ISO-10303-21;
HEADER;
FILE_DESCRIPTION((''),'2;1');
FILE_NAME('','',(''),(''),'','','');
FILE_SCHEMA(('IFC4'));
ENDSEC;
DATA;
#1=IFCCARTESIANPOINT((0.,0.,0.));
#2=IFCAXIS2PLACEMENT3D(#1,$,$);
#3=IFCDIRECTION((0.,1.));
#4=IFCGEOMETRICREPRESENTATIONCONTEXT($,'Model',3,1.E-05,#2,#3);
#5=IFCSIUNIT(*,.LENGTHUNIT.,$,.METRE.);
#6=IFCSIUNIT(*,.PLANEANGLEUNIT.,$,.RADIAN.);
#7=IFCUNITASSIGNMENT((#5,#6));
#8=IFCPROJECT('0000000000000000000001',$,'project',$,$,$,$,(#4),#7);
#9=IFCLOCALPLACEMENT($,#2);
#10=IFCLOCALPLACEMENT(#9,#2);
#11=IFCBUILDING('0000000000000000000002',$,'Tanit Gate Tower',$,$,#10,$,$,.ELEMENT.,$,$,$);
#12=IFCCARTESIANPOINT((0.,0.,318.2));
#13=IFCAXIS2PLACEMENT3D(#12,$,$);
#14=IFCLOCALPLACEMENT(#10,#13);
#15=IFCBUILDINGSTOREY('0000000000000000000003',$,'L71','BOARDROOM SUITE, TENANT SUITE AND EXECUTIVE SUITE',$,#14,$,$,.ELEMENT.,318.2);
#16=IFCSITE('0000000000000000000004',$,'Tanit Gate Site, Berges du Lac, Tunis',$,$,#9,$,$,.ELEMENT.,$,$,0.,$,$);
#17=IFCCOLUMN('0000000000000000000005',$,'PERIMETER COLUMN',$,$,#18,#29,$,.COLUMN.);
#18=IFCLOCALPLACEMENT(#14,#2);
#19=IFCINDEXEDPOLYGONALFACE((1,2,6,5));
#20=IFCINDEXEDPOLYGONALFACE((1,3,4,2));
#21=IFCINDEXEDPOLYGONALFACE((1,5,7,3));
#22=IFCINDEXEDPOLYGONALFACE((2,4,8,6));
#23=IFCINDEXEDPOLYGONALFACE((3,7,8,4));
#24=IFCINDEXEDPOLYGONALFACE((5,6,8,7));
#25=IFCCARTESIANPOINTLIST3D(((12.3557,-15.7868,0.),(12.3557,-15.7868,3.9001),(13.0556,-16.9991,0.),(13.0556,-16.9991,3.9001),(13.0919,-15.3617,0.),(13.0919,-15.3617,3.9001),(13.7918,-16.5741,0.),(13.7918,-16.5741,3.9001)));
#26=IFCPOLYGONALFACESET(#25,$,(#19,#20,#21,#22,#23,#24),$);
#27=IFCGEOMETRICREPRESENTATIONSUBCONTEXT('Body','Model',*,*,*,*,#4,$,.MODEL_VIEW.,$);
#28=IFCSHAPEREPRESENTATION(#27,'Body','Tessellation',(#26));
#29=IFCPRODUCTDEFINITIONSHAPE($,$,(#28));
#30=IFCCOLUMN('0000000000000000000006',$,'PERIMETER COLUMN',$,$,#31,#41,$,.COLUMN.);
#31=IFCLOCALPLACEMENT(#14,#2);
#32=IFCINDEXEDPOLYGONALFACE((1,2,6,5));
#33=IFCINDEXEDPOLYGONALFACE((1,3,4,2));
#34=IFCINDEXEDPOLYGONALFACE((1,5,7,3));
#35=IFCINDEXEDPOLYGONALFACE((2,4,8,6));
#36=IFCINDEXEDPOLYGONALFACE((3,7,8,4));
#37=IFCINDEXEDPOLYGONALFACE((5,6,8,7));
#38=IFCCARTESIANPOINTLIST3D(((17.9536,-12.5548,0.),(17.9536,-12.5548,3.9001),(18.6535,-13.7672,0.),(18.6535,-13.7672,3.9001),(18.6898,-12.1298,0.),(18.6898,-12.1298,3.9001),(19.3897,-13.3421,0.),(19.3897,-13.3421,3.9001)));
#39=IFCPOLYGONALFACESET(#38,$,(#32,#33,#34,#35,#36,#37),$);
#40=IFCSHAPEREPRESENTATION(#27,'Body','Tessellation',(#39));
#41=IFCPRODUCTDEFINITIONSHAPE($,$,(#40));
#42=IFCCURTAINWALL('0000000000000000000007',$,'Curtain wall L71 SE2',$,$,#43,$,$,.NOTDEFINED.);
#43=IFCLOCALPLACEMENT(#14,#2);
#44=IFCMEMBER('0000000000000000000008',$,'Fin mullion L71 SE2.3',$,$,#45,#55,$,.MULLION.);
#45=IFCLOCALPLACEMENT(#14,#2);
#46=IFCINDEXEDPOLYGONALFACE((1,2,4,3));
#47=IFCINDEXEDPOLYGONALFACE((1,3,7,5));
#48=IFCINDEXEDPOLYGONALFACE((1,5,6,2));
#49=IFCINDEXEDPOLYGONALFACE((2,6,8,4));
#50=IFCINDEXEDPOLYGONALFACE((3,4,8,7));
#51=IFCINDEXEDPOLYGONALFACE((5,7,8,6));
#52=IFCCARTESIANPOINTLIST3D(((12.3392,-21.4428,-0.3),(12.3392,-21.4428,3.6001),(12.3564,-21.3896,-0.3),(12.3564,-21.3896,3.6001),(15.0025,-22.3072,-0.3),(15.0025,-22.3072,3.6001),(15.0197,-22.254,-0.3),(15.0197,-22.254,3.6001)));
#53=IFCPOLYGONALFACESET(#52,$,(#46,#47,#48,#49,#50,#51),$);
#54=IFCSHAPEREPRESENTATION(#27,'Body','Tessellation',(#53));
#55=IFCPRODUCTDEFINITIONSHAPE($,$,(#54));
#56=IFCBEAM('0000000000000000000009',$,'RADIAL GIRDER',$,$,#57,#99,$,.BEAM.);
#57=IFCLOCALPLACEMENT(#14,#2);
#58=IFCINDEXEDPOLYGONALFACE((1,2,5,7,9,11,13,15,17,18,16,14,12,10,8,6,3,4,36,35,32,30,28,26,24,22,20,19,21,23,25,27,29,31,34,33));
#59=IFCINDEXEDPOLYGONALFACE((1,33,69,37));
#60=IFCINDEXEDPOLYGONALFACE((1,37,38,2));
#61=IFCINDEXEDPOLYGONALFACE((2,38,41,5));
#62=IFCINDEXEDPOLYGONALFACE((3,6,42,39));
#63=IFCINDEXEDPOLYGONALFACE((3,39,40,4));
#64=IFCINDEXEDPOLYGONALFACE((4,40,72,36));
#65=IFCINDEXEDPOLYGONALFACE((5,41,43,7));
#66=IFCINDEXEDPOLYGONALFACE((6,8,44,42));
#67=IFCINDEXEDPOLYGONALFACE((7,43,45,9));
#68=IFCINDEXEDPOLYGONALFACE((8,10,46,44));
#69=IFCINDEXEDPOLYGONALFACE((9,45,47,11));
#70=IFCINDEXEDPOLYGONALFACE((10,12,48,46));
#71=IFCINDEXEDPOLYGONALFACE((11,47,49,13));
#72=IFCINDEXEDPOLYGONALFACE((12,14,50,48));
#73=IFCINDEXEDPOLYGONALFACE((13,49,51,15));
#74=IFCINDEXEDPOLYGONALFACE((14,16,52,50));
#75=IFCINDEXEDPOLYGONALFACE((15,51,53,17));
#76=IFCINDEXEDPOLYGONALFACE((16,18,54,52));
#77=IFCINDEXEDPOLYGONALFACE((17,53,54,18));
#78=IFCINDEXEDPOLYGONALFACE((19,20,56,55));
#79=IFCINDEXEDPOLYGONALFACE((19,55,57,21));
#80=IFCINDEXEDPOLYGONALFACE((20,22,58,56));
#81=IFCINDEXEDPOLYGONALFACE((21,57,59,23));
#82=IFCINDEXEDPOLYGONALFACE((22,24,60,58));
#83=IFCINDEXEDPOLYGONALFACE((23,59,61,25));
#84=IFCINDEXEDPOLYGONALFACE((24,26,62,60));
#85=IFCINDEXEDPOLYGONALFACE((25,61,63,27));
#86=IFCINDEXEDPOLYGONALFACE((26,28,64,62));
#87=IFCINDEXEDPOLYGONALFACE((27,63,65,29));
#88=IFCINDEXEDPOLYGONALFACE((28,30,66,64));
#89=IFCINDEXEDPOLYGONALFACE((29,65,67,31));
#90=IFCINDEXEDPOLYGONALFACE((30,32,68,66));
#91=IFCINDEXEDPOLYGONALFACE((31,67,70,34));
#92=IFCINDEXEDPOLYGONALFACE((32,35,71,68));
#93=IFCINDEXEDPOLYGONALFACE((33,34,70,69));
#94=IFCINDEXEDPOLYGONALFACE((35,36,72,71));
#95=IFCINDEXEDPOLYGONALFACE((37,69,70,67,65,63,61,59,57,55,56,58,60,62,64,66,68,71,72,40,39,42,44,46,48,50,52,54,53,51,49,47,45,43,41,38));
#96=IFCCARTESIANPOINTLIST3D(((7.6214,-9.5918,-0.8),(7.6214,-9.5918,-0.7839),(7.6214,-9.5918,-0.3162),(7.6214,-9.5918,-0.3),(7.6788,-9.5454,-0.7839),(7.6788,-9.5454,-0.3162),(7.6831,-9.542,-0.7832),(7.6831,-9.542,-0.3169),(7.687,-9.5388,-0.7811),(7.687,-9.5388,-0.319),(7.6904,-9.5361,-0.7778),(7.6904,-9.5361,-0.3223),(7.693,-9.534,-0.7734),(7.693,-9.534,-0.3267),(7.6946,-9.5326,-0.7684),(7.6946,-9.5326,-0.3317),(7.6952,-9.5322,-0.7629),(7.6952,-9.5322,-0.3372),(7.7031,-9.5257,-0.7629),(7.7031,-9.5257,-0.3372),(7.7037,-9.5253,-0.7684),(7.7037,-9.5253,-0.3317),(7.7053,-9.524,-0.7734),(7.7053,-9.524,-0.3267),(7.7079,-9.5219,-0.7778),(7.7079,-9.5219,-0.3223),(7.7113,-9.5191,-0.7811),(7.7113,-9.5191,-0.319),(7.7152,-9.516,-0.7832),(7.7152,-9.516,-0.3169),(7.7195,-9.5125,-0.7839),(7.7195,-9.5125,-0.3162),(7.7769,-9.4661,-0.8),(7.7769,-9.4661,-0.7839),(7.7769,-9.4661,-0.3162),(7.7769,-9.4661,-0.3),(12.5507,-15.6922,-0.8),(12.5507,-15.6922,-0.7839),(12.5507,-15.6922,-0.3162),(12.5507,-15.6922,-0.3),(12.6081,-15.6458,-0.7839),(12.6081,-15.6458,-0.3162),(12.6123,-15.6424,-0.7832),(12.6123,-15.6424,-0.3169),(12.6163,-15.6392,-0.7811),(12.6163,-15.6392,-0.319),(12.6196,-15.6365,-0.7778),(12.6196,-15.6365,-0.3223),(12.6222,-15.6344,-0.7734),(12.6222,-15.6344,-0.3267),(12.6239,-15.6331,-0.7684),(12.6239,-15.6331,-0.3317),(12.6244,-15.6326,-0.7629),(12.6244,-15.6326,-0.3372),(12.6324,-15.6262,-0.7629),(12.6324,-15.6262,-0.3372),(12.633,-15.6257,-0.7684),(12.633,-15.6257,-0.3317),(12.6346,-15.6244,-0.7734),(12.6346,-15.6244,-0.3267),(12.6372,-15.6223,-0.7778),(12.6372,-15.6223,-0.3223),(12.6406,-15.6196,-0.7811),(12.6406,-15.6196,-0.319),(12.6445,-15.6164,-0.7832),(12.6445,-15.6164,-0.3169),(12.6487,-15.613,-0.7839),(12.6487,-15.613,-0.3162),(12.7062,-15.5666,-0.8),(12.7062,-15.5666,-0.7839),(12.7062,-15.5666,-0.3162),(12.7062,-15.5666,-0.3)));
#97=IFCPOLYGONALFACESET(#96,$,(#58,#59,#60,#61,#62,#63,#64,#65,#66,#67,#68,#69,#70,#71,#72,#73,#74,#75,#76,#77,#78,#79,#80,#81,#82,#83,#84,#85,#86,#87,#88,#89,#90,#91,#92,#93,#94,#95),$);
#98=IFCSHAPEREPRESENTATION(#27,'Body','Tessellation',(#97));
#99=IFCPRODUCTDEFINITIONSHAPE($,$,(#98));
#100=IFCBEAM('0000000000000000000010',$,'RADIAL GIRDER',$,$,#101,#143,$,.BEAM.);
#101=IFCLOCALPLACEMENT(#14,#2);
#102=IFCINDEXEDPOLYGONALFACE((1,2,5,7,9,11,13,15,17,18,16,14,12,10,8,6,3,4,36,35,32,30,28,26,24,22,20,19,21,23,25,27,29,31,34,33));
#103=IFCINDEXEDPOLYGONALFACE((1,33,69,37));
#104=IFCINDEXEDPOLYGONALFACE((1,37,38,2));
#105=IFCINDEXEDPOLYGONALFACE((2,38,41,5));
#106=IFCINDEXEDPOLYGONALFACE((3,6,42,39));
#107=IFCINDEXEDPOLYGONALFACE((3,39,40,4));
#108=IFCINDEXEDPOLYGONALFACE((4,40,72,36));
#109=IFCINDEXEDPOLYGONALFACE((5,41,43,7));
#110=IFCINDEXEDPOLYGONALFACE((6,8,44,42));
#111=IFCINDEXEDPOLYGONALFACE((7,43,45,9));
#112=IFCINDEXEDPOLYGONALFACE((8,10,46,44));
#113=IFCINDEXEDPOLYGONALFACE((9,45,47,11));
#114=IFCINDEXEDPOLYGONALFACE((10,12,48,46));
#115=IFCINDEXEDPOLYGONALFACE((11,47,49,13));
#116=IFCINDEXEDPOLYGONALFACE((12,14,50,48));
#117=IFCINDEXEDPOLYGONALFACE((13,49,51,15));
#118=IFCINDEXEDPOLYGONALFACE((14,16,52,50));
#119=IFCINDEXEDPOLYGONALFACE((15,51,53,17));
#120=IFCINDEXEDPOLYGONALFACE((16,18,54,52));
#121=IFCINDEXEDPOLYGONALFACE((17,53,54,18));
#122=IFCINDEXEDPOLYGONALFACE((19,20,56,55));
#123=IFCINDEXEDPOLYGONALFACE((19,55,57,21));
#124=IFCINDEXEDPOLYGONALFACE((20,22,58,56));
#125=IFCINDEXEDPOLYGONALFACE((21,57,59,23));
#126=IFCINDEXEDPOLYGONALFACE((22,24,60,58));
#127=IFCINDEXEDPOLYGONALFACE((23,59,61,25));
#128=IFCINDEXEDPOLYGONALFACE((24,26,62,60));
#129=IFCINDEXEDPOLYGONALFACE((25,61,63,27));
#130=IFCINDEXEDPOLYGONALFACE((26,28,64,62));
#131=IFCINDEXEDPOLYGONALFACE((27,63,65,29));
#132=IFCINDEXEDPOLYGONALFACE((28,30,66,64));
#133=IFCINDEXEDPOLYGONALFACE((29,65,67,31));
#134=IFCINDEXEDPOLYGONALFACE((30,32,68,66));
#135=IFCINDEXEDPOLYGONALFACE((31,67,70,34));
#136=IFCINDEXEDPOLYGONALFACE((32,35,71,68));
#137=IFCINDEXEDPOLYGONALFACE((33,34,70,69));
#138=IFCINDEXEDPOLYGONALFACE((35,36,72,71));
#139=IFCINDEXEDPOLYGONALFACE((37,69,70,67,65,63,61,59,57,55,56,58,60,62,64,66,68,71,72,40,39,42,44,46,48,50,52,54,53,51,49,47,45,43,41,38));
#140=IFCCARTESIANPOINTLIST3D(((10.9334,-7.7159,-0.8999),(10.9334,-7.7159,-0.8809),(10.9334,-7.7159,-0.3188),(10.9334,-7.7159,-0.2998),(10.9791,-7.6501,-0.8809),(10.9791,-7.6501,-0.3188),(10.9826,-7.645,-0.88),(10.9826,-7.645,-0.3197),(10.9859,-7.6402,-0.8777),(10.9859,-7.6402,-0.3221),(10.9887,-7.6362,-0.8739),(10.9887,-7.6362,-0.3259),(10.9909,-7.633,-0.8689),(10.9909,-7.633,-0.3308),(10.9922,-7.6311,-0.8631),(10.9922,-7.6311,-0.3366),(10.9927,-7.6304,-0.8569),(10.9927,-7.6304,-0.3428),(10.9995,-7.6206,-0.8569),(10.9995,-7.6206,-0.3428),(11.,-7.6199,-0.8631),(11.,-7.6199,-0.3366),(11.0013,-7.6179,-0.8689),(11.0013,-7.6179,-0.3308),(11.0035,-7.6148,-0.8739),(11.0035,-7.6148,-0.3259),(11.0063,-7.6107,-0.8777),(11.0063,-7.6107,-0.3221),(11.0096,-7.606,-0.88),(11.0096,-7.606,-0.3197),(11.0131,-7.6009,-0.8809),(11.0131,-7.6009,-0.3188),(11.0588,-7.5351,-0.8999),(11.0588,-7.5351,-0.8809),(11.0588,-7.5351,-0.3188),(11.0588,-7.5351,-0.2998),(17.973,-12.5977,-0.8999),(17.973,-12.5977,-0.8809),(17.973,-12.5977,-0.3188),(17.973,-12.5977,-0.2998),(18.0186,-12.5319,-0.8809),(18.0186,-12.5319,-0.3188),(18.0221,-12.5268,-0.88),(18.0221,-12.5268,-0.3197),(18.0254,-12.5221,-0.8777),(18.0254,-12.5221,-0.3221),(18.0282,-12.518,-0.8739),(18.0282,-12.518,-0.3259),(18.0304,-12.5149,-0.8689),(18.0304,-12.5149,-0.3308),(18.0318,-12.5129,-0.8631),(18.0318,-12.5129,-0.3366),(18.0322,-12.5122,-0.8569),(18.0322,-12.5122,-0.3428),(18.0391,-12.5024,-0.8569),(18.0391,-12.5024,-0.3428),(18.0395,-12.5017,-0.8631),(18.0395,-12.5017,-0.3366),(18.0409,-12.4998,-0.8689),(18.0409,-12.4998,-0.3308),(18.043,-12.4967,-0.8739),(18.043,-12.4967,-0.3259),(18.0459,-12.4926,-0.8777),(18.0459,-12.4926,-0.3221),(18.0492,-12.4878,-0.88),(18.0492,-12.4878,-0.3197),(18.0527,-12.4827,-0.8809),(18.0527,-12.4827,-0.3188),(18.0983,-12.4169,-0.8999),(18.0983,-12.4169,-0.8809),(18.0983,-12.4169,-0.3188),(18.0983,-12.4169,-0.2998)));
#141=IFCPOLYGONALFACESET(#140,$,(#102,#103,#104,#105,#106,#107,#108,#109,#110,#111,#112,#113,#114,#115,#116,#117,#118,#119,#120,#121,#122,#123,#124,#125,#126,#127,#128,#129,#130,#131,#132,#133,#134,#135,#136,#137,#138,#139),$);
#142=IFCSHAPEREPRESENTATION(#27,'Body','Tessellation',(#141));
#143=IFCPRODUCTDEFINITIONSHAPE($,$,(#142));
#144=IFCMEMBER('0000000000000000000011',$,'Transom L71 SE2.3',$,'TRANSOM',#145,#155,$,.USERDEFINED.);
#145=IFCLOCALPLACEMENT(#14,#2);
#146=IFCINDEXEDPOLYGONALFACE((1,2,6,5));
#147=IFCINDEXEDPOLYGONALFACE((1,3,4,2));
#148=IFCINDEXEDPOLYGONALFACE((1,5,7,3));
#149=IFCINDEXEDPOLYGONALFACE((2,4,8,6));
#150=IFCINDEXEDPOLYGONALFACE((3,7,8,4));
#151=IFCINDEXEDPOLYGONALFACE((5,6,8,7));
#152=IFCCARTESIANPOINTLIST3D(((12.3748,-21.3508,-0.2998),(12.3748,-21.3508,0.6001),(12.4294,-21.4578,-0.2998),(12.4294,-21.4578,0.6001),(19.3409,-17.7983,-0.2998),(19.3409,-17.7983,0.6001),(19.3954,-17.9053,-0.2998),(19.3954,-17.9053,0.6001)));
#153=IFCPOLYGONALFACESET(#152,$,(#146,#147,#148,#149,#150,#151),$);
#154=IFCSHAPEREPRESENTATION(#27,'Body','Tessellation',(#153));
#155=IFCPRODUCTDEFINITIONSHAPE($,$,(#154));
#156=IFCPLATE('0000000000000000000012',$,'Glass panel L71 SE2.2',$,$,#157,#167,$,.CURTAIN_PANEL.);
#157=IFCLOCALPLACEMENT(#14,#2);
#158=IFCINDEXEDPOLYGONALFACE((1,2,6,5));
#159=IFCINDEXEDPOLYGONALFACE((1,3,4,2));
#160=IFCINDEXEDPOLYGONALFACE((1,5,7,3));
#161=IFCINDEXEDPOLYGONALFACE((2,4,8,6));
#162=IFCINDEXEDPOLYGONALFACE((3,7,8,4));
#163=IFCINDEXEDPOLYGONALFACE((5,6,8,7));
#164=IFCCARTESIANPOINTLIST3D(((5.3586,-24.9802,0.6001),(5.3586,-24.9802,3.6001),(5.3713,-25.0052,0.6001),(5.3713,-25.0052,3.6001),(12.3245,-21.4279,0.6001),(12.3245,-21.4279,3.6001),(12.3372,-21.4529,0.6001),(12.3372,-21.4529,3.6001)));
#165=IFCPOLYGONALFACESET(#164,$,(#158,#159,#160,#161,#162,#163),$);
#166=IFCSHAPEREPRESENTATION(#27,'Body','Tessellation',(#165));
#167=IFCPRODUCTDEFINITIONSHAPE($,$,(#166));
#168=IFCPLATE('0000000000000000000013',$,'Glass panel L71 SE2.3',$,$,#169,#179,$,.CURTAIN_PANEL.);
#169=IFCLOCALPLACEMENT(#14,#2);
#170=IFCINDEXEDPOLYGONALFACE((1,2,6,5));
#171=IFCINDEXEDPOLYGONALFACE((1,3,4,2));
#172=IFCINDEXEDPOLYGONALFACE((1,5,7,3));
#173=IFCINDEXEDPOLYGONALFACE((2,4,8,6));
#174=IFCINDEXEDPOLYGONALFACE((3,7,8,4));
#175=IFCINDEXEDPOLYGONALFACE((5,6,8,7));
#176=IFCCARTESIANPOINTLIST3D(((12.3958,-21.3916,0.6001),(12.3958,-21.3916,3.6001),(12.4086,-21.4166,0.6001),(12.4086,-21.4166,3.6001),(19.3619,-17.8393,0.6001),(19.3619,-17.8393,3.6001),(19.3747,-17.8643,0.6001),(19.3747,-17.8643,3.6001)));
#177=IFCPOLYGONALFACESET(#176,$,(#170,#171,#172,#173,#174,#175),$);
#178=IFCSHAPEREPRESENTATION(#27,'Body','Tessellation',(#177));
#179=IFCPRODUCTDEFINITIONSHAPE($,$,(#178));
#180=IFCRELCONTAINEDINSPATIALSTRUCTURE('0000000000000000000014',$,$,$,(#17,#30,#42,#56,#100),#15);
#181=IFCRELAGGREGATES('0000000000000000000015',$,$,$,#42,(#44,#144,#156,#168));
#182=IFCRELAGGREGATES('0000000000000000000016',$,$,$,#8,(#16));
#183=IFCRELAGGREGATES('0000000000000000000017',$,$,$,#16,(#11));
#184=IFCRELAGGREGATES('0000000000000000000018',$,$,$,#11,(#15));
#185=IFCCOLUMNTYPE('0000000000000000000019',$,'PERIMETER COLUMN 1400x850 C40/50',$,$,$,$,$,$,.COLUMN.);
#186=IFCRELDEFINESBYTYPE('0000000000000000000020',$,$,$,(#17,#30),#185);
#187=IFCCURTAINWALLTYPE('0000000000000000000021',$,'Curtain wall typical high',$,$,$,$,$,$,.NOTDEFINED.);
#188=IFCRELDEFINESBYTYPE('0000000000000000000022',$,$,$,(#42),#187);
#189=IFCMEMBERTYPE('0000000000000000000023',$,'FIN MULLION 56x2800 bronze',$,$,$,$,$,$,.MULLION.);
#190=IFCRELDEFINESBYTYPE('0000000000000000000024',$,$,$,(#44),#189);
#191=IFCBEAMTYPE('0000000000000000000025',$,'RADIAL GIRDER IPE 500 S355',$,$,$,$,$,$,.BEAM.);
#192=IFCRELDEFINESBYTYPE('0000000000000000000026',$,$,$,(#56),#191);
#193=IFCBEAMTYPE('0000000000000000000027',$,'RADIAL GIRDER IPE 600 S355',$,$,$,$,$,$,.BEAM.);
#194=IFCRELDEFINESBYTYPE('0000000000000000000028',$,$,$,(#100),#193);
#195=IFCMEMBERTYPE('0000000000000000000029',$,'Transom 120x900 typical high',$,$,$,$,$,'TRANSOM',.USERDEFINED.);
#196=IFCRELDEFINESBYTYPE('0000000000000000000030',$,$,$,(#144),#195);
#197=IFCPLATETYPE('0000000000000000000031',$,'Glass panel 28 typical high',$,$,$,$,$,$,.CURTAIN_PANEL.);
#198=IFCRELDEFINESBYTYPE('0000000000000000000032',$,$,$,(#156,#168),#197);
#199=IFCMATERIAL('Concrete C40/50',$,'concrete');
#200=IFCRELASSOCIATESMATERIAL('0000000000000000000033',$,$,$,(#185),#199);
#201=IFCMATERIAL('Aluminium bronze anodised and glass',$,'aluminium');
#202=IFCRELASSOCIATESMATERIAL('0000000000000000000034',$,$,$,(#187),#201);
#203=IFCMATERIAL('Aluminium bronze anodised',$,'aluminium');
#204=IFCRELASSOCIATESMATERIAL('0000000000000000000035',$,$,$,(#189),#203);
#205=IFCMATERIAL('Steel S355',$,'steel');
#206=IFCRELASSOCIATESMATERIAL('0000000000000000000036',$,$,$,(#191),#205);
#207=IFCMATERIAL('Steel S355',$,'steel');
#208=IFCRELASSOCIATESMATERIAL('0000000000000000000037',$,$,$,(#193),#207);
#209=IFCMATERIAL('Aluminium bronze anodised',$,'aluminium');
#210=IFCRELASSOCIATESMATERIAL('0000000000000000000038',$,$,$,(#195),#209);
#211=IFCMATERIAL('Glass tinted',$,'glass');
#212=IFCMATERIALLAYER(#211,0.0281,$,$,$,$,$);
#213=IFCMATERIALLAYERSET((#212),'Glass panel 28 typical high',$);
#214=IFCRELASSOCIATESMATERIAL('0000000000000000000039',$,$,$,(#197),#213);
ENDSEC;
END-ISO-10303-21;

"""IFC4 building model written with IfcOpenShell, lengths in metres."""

from ifc_helpers import new_model, si_unit, direction, frame, origin, origin_2d, place, context, subcontext, project, spatial, rectangle, i_section, extrude, material, layer, layer_set, material_profile, profile_set, type_object, element, aggregate, save


model = new_model("IFC4")

# Units and contexts
model_context = context("Model", 3, precision=1e-05, world=origin(), true_north=direction((0.0, 1.0)))
body_context = subcontext(model_context, "Body", "Model", "MODEL_VIEW")
ifc_project = project(units=[si_unit("LENGTHUNIT", "METRE"), si_unit("PLANEANGLEUNIT", "RADIAN")], contexts=[model_context])

# Site, building, storey
site_placement = place(None, origin())
site = spatial("IfcSite", under=ifc_project, at=site_placement, Name="Tanit Gate Site, Berges du Lac, Tunis", CompositionType="ELEMENT", RefElevation=0.0)
building_placement = place(site_placement, origin())
building = spatial("IfcBuilding", under=site, at=building_placement, Name="Tanit Gate Tower", CompositionType="ELEMENT")
storey_placement = place(building_placement, frame((0.0, 0.0, 318.2)))
storey = spatial("IfcBuildingStorey", under=building, at=storey_placement, Name="L71", Description="BOARDROOM SUITE, TENANT SUITE AND EXECUTIVE SUITE", CompositionType="ELEMENT", Elevation=318.2)

# Columns
ifc_material_1 = material(Name="Concrete C40/50", Category="concrete")
ifc_material_profile_1 = material_profile(ifc_material_1, rectangle(XDim=1.3999, YDim=0.8501, at=origin_2d()), Name="RC 1400x850")
ifc_profile_set_1 = profile_set([ifc_material_profile_1], Name="Concrete C40/50")
column_type = type_object("IfcColumnType", Name="PERIMETER COLUMN 1400x850 C40/50", PredefinedType="COLUMN", material=ifc_profile_set_1)
for number, where, z_axis, x_axis, name in (
    (1, (13.0737, -16.1804, 0.0), (0.0, 0.0, 1.0), (0.5, -0.866025, 0.0), "PERIMETER COLUMN"),
    (2, (18.6716, -12.9485, 0.0), (0.0, 0.0, 1.0), (0.5, -0.866025, 0.0), "PERIMETER COLUMN"),
):
    element("IfcColumn", number, at=place(storey_placement, frame(where, z_axis=z_axis, x_axis=x_axis)), inside=storey, type_object=column_type, Name=name, PredefinedType="COLUMN", context=body_context, shape_type="SweptSolid", body=[
        extrude(rectangle(XDim=1.3999, YDim=0.8501, at=origin_2d()), origin(), (0.0, 0.0, 1.0), 3.9001),
    ])

# Curtain wall, member
ifc_material_2 = material(Name="Aluminium bronze anodised and glass", Category="aluminium")
curtain_wall_type = type_object("IfcCurtainWallType", Name="Curtain wall typical high", PredefinedType="NOTDEFINED", material=ifc_material_2)
curtain_wall_placement = place(storey_placement, origin())
curtain_wall = element("IfcCurtainWall", 3, at=curtain_wall_placement, inside=storey, type_object=curtain_wall_type, Name="Curtain wall L71 SE2", PredefinedType="NOTDEFINED")
ifc_material_3 = material(Name="Aluminium bronze anodised", Category="aluminium")
ifc_material_profile_2 = material_profile(ifc_material_3, rectangle(XDim=2.8, YDim=0.0559, at=origin_2d()), Name="56x2800 bronze fin mullion")
ifc_profile_set_2 = profile_set([ifc_material_profile_2], Name="Aluminium bronze anodised")
member_type_1 = type_object("IfcMemberType", Name="FIN MULLION 56x2800 bronze", PredefinedType="MULLION", material=ifc_profile_set_2)
member_1_placement = place(storey_placement, frame((13.6794, -21.8484, -0.3), z_axis=(0.0, 0.0, 1.0), x_axis=(-0.95116, 0.3087, 0.0)))
member_1 = element("IfcMember", 4, at=member_1_placement, type_object=member_type_1, Name="Fin mullion L71 SE2.3", PredefinedType="MULLION", context=body_context, shape_type="SweptSolid", body=[
    extrude(rectangle(XDim=2.8, YDim=0.0559, at=origin_2d()), origin(), (0.0, 0.0, 1.0), 3.9001),
])

# Beams
ifc_material_4 = material(Name="Steel S355", Category="steel")
ifc_material_profile_3 = material_profile(ifc_material_4, i_section(OverallWidth=0.2, OverallDepth=0.5, WebThickness=0.0103, FlangeThickness=0.0161, FilletRadius=0.021, at=origin_2d()), Name="IPE 500")
ifc_profile_set_3 = profile_set([ifc_material_profile_3], Name="Steel S355")
beam_type_1 = type_object("IfcBeamType", Name="RADIAL GIRDER IPE 500 S355", PredefinedType="BEAM", material=ifc_profile_set_3)
beam_1_placement = place(storey_placement, frame((12.6284, -15.6294, -0.55), z_axis=(-0.628491, 0.777817, 0.0), x_axis=(-0.777817, -0.628491, 0.0)))
element("IfcBeam", 5, at=beam_1_placement, inside=storey, type_object=beam_type_1, Name="RADIAL GIRDER", PredefinedType="BEAM", context=body_context, shape_type="SweptSolid", body=[
    extrude(i_section(OverallWidth=0.2, OverallDepth=0.5, WebThickness=0.0103, FlangeThickness=0.0161, FilletRadius=0.021, at=origin_2d()), origin(), (0.0, 0.0, 1.0), 7.843),
])
ifc_material_5 = material(Name="Steel S355", Category="steel")
ifc_material_profile_4 = material_profile(ifc_material_5, i_section(OverallWidth=0.22, OverallDepth=0.6001, WebThickness=0.012, FlangeThickness=0.019, FilletRadius=0.0239, at=origin_2d()), Name="IPE 600")
ifc_profile_set_4 = profile_set([ifc_material_profile_4], Name="Steel S355")
beam_type_2 = type_object("IfcBeamType", Name="RADIAL GIRDER IPE 600 S355", PredefinedType="BEAM", material=ifc_profile_set_4)
beam_2_placement = place(storey_placement, frame((18.0356, -12.5073, -0.5999), z_axis=(-0.821738, 0.569865, 0.0), x_axis=(-0.569865, -0.821738, 0.0)))
element("IfcBeam", 6, at=beam_2_placement, inside=storey, type_object=beam_type_2, Name="RADIAL GIRDER", PredefinedType="BEAM", context=body_context, shape_type="SweptSolid", body=[
    extrude(i_section(OverallWidth=0.22, OverallDepth=0.6001, WebThickness=0.012, FlangeThickness=0.019, FilletRadius=0.0239, at=origin_2d()), origin(), (0.0, 0.0, 1.0), 8.5667),
])

# Member
ifc_material_6 = material(Name="Aluminium bronze anodised", Category="aluminium")
ifc_material_profile_5 = material_profile(ifc_material_6, rectangle(XDim=0.1201, YDim=0.8999, at=origin_2d()), Name="120x900 bronze transom")
ifc_profile_set_5 = profile_set([ifc_material_profile_5], Name="Aluminium bronze anodised")
member_type_2 = type_object("IfcMemberType", Name="Transom 120x900 typical high", ElementType="TRANSOM", PredefinedType="USERDEFINED", material=ifc_profile_set_5)
member_2_placement = place(storey_placement, frame((12.4021, -21.4043, 0.1501), z_axis=(0.890846, 0.454306, 0.0), x_axis=(-0.454306, 0.890846, 0.0)))
member_2 = element("IfcMember", 7, at=member_2_placement, type_object=member_type_2, Name="Transom L71 SE2.3", ObjectType="TRANSOM", PredefinedType="USERDEFINED", context=body_context, shape_type="SweptSolid", body=[
    extrude(rectangle(XDim=0.1201, YDim=0.8999, at=origin_2d()), origin(), (0.0, 0.0, 1.0), 7.8196),
])

# Plates
ifc_material_7 = material(Name="Glass tinted", Category="glass")
ifc_layer_1 = layer(ifc_material_7, 0.0281)
ifc_layer_set_1 = layer_set([ifc_layer_1], Name="Glass panel 28 typical high")
plate_type = type_object("IfcPlateType", Name="Glass panel 28 typical high", PredefinedType="CURTAIN_PANEL", material=ifc_layer_set_1)
plate_1_placement = place(storey_placement, frame((8.8479, -23.2166, 0.6001), z_axis=(0.0, 0.0, 1.0), x_axis=(0.890855, 0.454288, 0.0)))
plate_1 = element("IfcPlate", 8, at=plate_1_placement, type_object=plate_type, Name="Glass panel L71 SE2.2", PredefinedType="CURTAIN_PANEL", context=body_context, shape_type="SweptSolid", body=[
    extrude(rectangle(XDim=7.8193, YDim=0.0281, at=origin_2d()), origin(), (0.0, 0.0, 1.0), 3.0),
])
plate_2_placement = place(storey_placement, frame((15.8853, -19.6279, 0.6001), z_axis=(0.0, 0.0, 1.0), x_axis=(0.890855, 0.454288, 0.0)))
plate_2 = element("IfcPlate", 9, at=plate_2_placement, type_object=plate_type, Name="Glass panel L71 SE2.3", PredefinedType="CURTAIN_PANEL", context=body_context, shape_type="SweptSolid", body=[
    extrude(rectangle(XDim=7.8196, YDim=0.0281, at=origin_2d()), origin(), (0.0, 0.0, 1.0), 3.0),
])
aggregate(curtain_wall, [member_1, member_2, plate_1, plate_2])

save(model, "model.ifc")
